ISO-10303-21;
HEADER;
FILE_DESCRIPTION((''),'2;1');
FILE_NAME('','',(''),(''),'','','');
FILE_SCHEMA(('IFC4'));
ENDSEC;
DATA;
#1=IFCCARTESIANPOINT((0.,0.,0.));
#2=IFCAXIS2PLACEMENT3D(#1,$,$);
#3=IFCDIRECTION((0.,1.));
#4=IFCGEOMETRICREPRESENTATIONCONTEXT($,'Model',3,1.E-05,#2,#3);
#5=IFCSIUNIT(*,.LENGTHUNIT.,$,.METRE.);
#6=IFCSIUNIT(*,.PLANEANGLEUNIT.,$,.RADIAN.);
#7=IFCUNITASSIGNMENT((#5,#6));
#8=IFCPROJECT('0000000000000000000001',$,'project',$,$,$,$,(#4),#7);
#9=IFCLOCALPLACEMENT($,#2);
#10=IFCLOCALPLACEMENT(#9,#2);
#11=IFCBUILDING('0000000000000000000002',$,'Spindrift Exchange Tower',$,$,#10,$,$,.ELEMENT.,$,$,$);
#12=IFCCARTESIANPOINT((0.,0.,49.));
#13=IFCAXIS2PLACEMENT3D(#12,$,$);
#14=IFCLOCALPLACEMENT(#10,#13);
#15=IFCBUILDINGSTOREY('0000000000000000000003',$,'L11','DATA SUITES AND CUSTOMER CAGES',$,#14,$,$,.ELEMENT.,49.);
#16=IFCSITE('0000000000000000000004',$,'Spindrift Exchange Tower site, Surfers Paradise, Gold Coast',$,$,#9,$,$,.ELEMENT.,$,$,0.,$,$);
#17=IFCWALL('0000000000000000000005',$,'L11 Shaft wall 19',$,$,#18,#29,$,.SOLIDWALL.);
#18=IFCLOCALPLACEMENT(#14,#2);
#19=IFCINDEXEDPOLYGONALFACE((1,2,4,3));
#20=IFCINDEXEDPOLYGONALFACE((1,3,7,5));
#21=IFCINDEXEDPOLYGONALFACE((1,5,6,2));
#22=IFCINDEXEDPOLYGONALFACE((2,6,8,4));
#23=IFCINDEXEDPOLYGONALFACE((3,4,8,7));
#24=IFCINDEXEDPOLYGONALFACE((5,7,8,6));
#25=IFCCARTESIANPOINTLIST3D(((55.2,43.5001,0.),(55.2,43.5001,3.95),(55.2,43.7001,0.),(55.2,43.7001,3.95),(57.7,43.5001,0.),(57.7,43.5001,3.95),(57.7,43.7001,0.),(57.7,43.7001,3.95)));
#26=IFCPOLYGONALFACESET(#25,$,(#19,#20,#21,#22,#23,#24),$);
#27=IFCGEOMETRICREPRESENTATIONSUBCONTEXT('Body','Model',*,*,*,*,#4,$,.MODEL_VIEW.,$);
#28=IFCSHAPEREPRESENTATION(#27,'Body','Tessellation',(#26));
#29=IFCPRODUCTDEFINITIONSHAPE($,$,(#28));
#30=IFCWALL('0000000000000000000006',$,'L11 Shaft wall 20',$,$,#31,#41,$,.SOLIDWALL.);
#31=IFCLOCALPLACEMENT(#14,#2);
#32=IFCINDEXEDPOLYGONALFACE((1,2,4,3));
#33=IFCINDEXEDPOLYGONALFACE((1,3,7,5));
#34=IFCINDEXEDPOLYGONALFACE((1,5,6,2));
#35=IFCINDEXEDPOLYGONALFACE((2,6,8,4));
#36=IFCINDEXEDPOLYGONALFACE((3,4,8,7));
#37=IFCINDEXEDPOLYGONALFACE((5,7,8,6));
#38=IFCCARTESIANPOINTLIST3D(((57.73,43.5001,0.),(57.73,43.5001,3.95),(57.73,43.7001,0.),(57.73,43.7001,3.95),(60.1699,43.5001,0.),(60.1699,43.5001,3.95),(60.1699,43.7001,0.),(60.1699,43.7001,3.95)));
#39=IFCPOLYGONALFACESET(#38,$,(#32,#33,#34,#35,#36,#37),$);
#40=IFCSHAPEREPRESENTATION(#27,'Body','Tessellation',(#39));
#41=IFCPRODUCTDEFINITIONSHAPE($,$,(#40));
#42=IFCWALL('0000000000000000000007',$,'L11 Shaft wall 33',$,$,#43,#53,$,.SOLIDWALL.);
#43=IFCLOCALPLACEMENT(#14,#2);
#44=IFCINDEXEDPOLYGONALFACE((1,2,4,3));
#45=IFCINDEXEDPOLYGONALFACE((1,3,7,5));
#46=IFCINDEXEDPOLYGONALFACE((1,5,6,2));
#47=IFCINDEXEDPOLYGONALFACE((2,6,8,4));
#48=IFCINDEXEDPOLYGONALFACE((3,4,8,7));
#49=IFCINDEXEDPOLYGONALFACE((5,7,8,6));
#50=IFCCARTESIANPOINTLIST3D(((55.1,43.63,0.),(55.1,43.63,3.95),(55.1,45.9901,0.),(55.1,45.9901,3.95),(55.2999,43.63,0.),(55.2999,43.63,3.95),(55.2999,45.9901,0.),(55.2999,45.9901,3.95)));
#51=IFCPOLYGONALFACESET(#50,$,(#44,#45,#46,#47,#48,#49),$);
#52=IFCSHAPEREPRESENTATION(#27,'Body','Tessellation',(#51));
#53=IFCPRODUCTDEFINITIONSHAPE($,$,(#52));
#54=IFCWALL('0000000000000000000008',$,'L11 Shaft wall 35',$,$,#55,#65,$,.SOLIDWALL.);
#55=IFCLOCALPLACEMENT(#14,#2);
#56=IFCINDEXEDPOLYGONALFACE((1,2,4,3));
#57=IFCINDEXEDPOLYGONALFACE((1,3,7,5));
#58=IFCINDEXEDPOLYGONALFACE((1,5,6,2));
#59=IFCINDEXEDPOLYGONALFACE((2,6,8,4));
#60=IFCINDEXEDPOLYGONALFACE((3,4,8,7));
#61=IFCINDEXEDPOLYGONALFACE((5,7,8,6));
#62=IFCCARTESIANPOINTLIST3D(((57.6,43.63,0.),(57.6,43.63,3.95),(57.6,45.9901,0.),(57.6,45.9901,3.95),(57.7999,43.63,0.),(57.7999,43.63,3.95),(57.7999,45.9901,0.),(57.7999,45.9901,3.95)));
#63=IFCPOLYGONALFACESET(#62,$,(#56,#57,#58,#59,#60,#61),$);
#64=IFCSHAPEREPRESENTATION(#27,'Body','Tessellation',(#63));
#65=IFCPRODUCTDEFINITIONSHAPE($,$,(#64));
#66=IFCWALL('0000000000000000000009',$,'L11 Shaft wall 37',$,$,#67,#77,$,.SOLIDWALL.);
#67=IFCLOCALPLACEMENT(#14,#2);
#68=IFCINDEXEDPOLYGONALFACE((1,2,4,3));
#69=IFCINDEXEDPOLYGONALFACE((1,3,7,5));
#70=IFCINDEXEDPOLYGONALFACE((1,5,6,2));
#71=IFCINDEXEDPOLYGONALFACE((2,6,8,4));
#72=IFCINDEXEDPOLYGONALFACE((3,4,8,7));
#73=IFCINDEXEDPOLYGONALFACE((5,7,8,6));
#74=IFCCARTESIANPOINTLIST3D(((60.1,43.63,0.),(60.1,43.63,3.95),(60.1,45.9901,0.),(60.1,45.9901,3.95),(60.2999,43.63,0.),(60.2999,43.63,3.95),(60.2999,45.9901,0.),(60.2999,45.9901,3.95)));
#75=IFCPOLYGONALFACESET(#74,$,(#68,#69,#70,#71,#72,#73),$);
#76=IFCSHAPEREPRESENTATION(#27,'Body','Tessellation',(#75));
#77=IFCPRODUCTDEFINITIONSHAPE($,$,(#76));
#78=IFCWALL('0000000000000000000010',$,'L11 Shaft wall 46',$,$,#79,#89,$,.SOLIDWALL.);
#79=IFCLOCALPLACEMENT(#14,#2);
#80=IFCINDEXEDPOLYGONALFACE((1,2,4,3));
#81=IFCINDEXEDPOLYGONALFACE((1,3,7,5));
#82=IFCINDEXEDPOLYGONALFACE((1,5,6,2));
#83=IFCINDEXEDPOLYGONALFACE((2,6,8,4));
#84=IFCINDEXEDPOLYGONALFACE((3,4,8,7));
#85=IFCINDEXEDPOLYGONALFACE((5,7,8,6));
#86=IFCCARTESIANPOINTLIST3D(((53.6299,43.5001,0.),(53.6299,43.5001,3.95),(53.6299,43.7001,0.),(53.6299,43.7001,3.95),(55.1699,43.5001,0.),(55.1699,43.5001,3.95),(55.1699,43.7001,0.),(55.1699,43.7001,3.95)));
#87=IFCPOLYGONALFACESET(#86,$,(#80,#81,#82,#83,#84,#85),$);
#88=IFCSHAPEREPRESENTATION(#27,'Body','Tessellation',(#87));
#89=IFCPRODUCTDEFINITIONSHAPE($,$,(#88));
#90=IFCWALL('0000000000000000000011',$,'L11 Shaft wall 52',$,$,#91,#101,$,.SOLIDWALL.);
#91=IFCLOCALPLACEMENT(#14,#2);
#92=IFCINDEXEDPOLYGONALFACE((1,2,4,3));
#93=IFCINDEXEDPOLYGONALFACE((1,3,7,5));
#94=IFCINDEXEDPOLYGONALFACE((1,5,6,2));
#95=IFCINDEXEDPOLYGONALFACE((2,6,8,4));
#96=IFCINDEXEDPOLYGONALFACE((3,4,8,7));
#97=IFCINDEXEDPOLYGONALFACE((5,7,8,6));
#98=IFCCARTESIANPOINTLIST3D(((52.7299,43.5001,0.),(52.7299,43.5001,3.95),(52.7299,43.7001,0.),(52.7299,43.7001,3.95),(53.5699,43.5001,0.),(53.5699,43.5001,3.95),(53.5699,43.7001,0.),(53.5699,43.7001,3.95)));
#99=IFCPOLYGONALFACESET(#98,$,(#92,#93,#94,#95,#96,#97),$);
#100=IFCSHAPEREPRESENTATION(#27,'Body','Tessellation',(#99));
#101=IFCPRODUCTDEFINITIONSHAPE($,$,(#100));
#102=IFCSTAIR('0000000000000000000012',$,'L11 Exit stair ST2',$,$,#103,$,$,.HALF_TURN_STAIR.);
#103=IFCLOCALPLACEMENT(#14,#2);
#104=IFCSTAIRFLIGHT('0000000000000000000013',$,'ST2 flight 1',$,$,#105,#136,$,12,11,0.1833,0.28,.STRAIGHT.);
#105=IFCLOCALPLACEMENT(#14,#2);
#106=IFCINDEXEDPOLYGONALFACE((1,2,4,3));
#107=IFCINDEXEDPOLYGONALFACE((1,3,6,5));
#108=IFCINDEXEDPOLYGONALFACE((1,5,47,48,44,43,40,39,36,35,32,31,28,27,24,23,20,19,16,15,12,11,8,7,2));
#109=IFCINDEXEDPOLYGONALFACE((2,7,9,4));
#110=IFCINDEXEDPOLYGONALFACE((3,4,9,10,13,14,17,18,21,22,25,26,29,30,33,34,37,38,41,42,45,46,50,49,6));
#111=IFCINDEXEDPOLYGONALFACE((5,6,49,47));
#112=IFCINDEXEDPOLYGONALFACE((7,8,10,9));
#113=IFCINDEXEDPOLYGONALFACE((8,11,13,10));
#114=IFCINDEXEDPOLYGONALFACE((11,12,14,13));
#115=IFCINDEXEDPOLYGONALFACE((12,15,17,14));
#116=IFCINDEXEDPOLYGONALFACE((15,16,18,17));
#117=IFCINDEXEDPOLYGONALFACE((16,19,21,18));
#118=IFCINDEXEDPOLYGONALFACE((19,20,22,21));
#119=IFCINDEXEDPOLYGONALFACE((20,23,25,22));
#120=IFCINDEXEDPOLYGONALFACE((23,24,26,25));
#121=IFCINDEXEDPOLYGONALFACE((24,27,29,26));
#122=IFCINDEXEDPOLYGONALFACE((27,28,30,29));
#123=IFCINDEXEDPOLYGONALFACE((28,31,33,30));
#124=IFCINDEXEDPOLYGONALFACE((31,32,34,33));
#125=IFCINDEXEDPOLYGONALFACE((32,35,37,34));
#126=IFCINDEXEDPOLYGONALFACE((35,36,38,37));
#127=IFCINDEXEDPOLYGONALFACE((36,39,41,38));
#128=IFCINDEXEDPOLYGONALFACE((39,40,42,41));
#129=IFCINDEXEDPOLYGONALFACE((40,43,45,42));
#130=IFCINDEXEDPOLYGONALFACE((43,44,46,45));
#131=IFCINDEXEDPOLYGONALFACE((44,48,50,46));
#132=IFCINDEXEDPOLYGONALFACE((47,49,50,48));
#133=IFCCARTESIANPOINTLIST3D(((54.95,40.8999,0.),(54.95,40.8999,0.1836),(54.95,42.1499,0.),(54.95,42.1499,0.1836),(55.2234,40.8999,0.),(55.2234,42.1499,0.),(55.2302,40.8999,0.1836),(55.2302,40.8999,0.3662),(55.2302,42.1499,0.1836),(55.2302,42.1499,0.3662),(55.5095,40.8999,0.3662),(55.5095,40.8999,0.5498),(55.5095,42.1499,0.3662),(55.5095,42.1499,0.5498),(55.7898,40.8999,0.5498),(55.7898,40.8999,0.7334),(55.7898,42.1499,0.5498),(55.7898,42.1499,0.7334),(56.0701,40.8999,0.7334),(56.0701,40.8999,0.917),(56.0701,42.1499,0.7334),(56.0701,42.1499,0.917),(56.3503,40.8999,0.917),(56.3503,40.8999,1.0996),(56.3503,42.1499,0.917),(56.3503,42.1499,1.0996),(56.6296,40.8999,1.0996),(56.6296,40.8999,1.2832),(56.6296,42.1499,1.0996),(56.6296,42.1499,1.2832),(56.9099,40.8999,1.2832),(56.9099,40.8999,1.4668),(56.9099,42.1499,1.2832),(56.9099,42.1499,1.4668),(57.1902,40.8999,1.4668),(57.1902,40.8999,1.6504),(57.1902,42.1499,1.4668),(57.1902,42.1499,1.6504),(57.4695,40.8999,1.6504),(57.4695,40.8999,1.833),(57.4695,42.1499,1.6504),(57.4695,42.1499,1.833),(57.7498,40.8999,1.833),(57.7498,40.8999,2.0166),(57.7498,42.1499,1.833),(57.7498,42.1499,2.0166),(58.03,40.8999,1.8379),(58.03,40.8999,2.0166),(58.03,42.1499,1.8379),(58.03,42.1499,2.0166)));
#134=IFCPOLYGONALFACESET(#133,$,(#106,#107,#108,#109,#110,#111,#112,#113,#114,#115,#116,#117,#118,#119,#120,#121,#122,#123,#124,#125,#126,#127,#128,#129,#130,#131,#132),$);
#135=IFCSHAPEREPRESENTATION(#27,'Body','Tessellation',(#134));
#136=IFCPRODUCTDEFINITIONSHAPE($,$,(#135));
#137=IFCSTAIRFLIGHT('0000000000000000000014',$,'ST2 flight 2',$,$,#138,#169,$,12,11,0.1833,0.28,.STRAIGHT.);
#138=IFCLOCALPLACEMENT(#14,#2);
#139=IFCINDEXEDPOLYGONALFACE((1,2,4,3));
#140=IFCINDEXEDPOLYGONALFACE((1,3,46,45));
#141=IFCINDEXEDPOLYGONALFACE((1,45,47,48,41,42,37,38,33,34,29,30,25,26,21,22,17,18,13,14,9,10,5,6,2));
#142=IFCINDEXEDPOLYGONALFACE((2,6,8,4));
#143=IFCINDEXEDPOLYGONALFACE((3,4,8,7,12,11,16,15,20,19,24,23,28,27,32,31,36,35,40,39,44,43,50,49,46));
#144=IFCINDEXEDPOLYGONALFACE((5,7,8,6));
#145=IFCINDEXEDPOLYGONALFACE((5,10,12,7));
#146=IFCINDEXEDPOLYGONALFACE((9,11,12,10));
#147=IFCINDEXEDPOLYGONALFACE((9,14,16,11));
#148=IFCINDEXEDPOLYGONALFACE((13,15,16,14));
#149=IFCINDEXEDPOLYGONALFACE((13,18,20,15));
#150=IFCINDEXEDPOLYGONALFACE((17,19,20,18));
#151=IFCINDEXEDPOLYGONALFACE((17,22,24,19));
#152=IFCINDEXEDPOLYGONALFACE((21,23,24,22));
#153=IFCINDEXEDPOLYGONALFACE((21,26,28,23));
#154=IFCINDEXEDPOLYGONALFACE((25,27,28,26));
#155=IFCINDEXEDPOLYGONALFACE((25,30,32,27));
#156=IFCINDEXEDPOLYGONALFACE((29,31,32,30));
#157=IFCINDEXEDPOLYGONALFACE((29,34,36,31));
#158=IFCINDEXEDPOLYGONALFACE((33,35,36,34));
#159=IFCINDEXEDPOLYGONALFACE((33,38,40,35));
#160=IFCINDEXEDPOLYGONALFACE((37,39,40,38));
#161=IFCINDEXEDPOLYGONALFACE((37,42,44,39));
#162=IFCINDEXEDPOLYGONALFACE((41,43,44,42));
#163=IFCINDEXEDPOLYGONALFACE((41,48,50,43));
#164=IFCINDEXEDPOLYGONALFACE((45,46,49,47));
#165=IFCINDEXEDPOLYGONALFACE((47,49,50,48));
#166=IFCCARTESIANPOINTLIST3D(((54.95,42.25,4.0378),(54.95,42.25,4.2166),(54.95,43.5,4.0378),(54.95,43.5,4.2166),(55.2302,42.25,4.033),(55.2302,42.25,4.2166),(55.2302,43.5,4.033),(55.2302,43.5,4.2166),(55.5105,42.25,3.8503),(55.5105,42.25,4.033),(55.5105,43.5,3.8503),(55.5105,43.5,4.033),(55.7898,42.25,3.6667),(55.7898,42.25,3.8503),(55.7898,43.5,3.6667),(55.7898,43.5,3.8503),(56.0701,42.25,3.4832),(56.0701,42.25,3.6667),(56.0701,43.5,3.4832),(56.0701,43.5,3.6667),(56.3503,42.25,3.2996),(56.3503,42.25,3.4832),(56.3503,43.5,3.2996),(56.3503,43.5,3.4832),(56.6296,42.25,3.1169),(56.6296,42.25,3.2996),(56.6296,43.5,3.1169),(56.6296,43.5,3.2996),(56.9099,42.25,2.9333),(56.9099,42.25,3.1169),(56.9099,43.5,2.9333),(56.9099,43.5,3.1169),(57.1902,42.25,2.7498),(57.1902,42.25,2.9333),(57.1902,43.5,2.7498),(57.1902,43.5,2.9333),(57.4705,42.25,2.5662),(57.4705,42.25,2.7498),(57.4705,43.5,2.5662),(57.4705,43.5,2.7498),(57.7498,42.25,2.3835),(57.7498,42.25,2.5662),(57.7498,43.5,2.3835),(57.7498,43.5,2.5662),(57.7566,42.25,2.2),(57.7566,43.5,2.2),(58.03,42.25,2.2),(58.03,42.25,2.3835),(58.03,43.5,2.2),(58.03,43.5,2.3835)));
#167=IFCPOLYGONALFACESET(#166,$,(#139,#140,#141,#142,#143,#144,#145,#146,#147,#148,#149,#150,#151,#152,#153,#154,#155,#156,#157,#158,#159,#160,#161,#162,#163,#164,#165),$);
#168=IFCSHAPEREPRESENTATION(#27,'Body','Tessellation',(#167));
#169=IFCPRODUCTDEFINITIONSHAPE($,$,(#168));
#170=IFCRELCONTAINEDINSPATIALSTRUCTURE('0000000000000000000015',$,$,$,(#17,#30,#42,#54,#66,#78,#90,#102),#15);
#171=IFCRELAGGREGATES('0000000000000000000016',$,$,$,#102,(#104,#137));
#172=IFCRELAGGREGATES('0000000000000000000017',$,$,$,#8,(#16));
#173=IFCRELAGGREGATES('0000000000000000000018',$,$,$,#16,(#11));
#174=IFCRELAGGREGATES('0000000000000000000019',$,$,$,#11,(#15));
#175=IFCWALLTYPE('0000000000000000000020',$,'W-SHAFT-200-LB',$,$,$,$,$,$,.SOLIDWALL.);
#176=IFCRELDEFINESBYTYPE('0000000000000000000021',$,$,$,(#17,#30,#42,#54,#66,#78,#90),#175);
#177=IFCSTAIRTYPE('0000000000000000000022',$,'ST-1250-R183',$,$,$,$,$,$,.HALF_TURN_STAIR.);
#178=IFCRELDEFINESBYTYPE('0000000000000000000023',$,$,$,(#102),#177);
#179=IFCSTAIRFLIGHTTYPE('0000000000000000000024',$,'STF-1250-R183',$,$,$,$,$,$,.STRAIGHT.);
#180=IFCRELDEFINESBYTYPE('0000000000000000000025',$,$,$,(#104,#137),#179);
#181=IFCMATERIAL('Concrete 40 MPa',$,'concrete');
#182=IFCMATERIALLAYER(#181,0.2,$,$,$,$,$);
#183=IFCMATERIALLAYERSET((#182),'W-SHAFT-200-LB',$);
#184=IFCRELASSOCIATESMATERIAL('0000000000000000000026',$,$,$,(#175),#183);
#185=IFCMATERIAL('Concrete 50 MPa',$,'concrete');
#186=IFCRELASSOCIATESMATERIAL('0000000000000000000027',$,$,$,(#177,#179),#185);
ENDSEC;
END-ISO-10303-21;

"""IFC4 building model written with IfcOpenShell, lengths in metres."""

from ifc_helpers import new_model, si_unit, direction, frame, frame_2d, origin, place, context, subcontext, project, spatial, line, indexed_curve, rectangle, outline, extrude, material, layer, layer_set, type_object, element, aggregate, save


model = new_model("IFC4")

# Units and contexts
model_context = context("Model", 3, precision=1e-05, world=origin(), true_north=direction((0.0, 1.0)))
body_context = subcontext(model_context, "Body", "Model", "MODEL_VIEW")
ifc_project = project(units=[si_unit("LENGTHUNIT", "METRE"), si_unit("PLANEANGLEUNIT", "RADIAN")], contexts=[model_context])

# Site, building, storey
site_placement = place(None, origin())
site = spatial("IfcSite", under=ifc_project, at=site_placement, Name="Spindrift Exchange Tower site, Surfers Paradise, Gold Coast", CompositionType="ELEMENT", RefElevation=0.0)
building_placement = place(site_placement, origin())
building = spatial("IfcBuilding", under=site, at=building_placement, Name="Spindrift Exchange Tower", CompositionType="ELEMENT")
storey_placement = place(building_placement, frame((0.0, 0.0, 49.0)))
storey = spatial("IfcBuildingStorey", under=building, at=storey_placement, Name="L11", Description="DATA SUITES AND CUSTOMER CAGES", CompositionType="ELEMENT", Elevation=49.0)

# Shared definitions
ifc_material_1 = material(Name="Concrete 40 MPa", Category="concrete")

# Shared definitions
ifc_layer_1 = layer(ifc_material_1, 0.2)
ifc_layer_set_1 = layer_set([ifc_layer_1], Name="W-SHAFT-200-LB")
wall_type_1 = type_object("IfcWallType", Name="W-SHAFT-200-LB", PredefinedType="SOLIDWALL", material=ifc_layer_set_1)

# Walls
wall_1_placement = place(storey_placement, frame((55.2, 43.6001, 0.0), z_axis=(0.0, 0.0, 1.0), x_axis=(1.0, 0.0, 0.0)))
element("IfcWall", 1, at=wall_1_placement, inside=storey, type_object=wall_type_1, Name="L11 Shaft wall 19", PredefinedType="SOLIDWALL", context=body_context, shape_type="SweptSolid", body=[
    extrude(rectangle(XDim=2.5, YDim=0.2, at=frame_2d((1.25, 0.0))), origin(), (0.0, 0.0, 1.0), 3.95),
])
wall_2_placement = place(storey_placement, frame((57.73, 43.6001, 0.0), z_axis=(0.0, 0.0, 1.0), x_axis=(1.0, 0.0, 0.0)))
element("IfcWall", 2, at=wall_2_placement, inside=storey, type_object=wall_type_1, Name="L11 Shaft wall 20", PredefinedType="SOLIDWALL", context=body_context, shape_type="SweptSolid", body=[
    extrude(rectangle(XDim=2.4399, YDim=0.2, at=frame_2d((1.22, 0.0))), origin(), (0.0, 0.0, 1.0), 3.95),
])
for number, where, z_axis, x_axis, name in (
    (3, (55.2, 43.6299, 0.0), (0.0, 0.0, 1.0), (0.0, 1.0, 0.0), "L11 Shaft wall 33"),
    (4, (57.7, 43.6299, 0.0), (0.0, 0.0, 1.0), (0.0, 1.0, 0.0), "L11 Shaft wall 35"),
    (5, (60.2, 43.6299, 0.0), (0.0, 0.0, 1.0), (0.0, 1.0, 0.0), "L11 Shaft wall 37"),
):
    element("IfcWall", number, at=place(storey_placement, frame(where, z_axis=z_axis, x_axis=x_axis)), inside=storey, type_object=wall_type_1, Name=name, PredefinedType="SOLIDWALL", context=body_context, shape_type="SweptSolid", body=[
        extrude(rectangle(XDim=2.3601, YDim=0.2, at=frame_2d((1.1802, 0.0))), origin(), (0.0, 0.0, 1.0), 3.95),
    ])
wall_3_placement = place(storey_placement, frame((53.6299, 43.6001, 0.0), z_axis=(0.0, 0.0, 1.0), x_axis=(1.0, 0.0, 0.0)))
element("IfcWall", 6, at=wall_3_placement, inside=storey, type_object=wall_type_1, Name="L11 Shaft wall 46", PredefinedType="SOLIDWALL", context=body_context, shape_type="SweptSolid", body=[
    extrude(rectangle(XDim=1.54, YDim=0.2, at=frame_2d((0.77, 0.0))), origin(), (0.0, 0.0, 1.0), 3.95),
])
wall_4_placement = place(storey_placement, frame((52.73, 43.6001, 0.0), z_axis=(0.0, 0.0, 1.0), x_axis=(1.0, 0.0, 0.0)))
element("IfcWall", 7, at=wall_4_placement, inside=storey, type_object=wall_type_1, Name="L11 Shaft wall 52", PredefinedType="SOLIDWALL", context=body_context, shape_type="SweptSolid", body=[
    extrude(rectangle(XDim=0.8401, YDim=0.2, at=frame_2d((0.4199, 0.0))), origin(), (0.0, 0.0, 1.0), 3.95),
])

# Stair, stair flights
ifc_material_2 = material(Name="Concrete 50 MPa", Category="concrete")
stair_type = type_object("IfcStairType", Name="ST-1250-R183", PredefinedType="HALF_TURN_STAIR", material=ifc_material_2)
stair_placement = place(storey_placement, origin())
stair = element("IfcStair", 8, at=stair_placement, inside=storey, type_object=stair_type, Name="L11 Exit stair ST2", PredefinedType="HALF_TURN_STAIR")
stair_flight_type = type_object("IfcStairFlightType", Name="STF-1250-R183", PredefinedType="STRAIGHT", material=ifc_material_2)
stair_flight_1_placement = place(storey_placement, frame((54.95, 41.5249, 0.0), z_axis=(0.0, 0.0, 1.0), x_axis=(1.0, 0.0, 0.0)))
stair_flight_1 = element("IfcStairFlight", 9, at=stair_flight_1_placement, type_object=stair_flight_type, Name="ST2 flight 1", NumberOfRisers=12, NumberOfTreads=11, PredefinedType="STRAIGHT", RiserHeight=0.1833, TreadLength=0.28, context=body_context, shape_type="SweptSolid", body=[
    extrude(outline(indexed_curve([(0.0, 0.0), (0.0, 0.1836), (0.2803, 0.1836), (0.2803, 0.3662), (0.5596, 0.3662), (0.5596, 0.5498), (0.8398, 0.5498), (0.8398, 0.7334), (1.1201, 0.7334), (1.1201, 0.917), (1.4004, 0.917), (1.4004, 1.0996), (1.6797, 1.0996), (1.6797, 1.2832), (1.96, 1.2832), (1.96, 1.4668), (2.2402, 1.4668), (2.2402, 1.6504), (2.5195, 1.6504), (2.5195, 1.833), (2.7998, 1.833), (2.7998, 2.0166), (3.0801, 2.0166), (3.0801, 2.2002), (3.0801, 1.8379), (0.2734, 0.0)], segments=[line(1, 2, 3, 4, 5, 6, 7, 8, 9, 10, 11, 12, 13, 14, 15, 16, 17, 18, 19, 20, 21, 22, 23, 24, 25, 26, 1)], self_intersect=False)), frame((0.0, 0.625, 0.0), z_axis=(0.0, -1.0, 0.0), x_axis=(1.0, 0.0, 0.0)), (0.0, 0.0, 1.0), 1.25),
])
stair_flight_2_placement = place(storey_placement, frame((58.03, 42.875, 2.2), z_axis=(0.0, 0.0, 1.0), x_axis=(-1.0, 0.0, 0.0)))
stair_flight_2 = element("IfcStairFlight", 10, at=stair_flight_2_placement, type_object=stair_flight_type, Name="ST2 flight 2", NumberOfRisers=12, NumberOfTreads=11, PredefinedType="STRAIGHT", RiserHeight=0.1833, TreadLength=0.28, context=body_context, shape_type="SweptSolid", body=[
    extrude(outline(indexed_curve([(0.0, 0.0), (0.0, 0.1836), (0.2803, 0.1836), (0.2803, 0.3662), (0.5596, 0.3662), (0.5596, 0.5498), (0.8398, 0.5498), (0.8398, 0.7334), (1.1201, 0.7334), (1.1201, 0.917), (1.4004, 0.917), (1.4004, 1.0996), (1.6797, 1.0996), (1.6797, 1.2832), (1.96, 1.2832), (1.96, 1.4668), (2.2402, 1.4668), (2.2402, 1.6504), (2.5195, 1.6504), (2.5195, 1.833), (2.7998, 1.833), (2.7998, 2.0166), (3.0801, 2.0166), (3.0801, 2.2002), (3.0801, 1.8379), (0.2734, 0.0)], segments=[line(1, 2, 3, 4, 5, 6, 7, 8, 9, 10, 11, 12, 13, 14, 15, 16, 17, 18, 19, 20, 21, 22, 23, 24, 25, 26, 1)], self_intersect=False)), frame((0.0, 0.625, 0.0), z_axis=(0.0, -1.0, 0.0), x_axis=(1.0, 0.0, 0.0)), (0.0, 0.0, 1.0), 1.25),
])
aggregate(stair, [stair_flight_1, stair_flight_2])

save(model, "model.ifc")
